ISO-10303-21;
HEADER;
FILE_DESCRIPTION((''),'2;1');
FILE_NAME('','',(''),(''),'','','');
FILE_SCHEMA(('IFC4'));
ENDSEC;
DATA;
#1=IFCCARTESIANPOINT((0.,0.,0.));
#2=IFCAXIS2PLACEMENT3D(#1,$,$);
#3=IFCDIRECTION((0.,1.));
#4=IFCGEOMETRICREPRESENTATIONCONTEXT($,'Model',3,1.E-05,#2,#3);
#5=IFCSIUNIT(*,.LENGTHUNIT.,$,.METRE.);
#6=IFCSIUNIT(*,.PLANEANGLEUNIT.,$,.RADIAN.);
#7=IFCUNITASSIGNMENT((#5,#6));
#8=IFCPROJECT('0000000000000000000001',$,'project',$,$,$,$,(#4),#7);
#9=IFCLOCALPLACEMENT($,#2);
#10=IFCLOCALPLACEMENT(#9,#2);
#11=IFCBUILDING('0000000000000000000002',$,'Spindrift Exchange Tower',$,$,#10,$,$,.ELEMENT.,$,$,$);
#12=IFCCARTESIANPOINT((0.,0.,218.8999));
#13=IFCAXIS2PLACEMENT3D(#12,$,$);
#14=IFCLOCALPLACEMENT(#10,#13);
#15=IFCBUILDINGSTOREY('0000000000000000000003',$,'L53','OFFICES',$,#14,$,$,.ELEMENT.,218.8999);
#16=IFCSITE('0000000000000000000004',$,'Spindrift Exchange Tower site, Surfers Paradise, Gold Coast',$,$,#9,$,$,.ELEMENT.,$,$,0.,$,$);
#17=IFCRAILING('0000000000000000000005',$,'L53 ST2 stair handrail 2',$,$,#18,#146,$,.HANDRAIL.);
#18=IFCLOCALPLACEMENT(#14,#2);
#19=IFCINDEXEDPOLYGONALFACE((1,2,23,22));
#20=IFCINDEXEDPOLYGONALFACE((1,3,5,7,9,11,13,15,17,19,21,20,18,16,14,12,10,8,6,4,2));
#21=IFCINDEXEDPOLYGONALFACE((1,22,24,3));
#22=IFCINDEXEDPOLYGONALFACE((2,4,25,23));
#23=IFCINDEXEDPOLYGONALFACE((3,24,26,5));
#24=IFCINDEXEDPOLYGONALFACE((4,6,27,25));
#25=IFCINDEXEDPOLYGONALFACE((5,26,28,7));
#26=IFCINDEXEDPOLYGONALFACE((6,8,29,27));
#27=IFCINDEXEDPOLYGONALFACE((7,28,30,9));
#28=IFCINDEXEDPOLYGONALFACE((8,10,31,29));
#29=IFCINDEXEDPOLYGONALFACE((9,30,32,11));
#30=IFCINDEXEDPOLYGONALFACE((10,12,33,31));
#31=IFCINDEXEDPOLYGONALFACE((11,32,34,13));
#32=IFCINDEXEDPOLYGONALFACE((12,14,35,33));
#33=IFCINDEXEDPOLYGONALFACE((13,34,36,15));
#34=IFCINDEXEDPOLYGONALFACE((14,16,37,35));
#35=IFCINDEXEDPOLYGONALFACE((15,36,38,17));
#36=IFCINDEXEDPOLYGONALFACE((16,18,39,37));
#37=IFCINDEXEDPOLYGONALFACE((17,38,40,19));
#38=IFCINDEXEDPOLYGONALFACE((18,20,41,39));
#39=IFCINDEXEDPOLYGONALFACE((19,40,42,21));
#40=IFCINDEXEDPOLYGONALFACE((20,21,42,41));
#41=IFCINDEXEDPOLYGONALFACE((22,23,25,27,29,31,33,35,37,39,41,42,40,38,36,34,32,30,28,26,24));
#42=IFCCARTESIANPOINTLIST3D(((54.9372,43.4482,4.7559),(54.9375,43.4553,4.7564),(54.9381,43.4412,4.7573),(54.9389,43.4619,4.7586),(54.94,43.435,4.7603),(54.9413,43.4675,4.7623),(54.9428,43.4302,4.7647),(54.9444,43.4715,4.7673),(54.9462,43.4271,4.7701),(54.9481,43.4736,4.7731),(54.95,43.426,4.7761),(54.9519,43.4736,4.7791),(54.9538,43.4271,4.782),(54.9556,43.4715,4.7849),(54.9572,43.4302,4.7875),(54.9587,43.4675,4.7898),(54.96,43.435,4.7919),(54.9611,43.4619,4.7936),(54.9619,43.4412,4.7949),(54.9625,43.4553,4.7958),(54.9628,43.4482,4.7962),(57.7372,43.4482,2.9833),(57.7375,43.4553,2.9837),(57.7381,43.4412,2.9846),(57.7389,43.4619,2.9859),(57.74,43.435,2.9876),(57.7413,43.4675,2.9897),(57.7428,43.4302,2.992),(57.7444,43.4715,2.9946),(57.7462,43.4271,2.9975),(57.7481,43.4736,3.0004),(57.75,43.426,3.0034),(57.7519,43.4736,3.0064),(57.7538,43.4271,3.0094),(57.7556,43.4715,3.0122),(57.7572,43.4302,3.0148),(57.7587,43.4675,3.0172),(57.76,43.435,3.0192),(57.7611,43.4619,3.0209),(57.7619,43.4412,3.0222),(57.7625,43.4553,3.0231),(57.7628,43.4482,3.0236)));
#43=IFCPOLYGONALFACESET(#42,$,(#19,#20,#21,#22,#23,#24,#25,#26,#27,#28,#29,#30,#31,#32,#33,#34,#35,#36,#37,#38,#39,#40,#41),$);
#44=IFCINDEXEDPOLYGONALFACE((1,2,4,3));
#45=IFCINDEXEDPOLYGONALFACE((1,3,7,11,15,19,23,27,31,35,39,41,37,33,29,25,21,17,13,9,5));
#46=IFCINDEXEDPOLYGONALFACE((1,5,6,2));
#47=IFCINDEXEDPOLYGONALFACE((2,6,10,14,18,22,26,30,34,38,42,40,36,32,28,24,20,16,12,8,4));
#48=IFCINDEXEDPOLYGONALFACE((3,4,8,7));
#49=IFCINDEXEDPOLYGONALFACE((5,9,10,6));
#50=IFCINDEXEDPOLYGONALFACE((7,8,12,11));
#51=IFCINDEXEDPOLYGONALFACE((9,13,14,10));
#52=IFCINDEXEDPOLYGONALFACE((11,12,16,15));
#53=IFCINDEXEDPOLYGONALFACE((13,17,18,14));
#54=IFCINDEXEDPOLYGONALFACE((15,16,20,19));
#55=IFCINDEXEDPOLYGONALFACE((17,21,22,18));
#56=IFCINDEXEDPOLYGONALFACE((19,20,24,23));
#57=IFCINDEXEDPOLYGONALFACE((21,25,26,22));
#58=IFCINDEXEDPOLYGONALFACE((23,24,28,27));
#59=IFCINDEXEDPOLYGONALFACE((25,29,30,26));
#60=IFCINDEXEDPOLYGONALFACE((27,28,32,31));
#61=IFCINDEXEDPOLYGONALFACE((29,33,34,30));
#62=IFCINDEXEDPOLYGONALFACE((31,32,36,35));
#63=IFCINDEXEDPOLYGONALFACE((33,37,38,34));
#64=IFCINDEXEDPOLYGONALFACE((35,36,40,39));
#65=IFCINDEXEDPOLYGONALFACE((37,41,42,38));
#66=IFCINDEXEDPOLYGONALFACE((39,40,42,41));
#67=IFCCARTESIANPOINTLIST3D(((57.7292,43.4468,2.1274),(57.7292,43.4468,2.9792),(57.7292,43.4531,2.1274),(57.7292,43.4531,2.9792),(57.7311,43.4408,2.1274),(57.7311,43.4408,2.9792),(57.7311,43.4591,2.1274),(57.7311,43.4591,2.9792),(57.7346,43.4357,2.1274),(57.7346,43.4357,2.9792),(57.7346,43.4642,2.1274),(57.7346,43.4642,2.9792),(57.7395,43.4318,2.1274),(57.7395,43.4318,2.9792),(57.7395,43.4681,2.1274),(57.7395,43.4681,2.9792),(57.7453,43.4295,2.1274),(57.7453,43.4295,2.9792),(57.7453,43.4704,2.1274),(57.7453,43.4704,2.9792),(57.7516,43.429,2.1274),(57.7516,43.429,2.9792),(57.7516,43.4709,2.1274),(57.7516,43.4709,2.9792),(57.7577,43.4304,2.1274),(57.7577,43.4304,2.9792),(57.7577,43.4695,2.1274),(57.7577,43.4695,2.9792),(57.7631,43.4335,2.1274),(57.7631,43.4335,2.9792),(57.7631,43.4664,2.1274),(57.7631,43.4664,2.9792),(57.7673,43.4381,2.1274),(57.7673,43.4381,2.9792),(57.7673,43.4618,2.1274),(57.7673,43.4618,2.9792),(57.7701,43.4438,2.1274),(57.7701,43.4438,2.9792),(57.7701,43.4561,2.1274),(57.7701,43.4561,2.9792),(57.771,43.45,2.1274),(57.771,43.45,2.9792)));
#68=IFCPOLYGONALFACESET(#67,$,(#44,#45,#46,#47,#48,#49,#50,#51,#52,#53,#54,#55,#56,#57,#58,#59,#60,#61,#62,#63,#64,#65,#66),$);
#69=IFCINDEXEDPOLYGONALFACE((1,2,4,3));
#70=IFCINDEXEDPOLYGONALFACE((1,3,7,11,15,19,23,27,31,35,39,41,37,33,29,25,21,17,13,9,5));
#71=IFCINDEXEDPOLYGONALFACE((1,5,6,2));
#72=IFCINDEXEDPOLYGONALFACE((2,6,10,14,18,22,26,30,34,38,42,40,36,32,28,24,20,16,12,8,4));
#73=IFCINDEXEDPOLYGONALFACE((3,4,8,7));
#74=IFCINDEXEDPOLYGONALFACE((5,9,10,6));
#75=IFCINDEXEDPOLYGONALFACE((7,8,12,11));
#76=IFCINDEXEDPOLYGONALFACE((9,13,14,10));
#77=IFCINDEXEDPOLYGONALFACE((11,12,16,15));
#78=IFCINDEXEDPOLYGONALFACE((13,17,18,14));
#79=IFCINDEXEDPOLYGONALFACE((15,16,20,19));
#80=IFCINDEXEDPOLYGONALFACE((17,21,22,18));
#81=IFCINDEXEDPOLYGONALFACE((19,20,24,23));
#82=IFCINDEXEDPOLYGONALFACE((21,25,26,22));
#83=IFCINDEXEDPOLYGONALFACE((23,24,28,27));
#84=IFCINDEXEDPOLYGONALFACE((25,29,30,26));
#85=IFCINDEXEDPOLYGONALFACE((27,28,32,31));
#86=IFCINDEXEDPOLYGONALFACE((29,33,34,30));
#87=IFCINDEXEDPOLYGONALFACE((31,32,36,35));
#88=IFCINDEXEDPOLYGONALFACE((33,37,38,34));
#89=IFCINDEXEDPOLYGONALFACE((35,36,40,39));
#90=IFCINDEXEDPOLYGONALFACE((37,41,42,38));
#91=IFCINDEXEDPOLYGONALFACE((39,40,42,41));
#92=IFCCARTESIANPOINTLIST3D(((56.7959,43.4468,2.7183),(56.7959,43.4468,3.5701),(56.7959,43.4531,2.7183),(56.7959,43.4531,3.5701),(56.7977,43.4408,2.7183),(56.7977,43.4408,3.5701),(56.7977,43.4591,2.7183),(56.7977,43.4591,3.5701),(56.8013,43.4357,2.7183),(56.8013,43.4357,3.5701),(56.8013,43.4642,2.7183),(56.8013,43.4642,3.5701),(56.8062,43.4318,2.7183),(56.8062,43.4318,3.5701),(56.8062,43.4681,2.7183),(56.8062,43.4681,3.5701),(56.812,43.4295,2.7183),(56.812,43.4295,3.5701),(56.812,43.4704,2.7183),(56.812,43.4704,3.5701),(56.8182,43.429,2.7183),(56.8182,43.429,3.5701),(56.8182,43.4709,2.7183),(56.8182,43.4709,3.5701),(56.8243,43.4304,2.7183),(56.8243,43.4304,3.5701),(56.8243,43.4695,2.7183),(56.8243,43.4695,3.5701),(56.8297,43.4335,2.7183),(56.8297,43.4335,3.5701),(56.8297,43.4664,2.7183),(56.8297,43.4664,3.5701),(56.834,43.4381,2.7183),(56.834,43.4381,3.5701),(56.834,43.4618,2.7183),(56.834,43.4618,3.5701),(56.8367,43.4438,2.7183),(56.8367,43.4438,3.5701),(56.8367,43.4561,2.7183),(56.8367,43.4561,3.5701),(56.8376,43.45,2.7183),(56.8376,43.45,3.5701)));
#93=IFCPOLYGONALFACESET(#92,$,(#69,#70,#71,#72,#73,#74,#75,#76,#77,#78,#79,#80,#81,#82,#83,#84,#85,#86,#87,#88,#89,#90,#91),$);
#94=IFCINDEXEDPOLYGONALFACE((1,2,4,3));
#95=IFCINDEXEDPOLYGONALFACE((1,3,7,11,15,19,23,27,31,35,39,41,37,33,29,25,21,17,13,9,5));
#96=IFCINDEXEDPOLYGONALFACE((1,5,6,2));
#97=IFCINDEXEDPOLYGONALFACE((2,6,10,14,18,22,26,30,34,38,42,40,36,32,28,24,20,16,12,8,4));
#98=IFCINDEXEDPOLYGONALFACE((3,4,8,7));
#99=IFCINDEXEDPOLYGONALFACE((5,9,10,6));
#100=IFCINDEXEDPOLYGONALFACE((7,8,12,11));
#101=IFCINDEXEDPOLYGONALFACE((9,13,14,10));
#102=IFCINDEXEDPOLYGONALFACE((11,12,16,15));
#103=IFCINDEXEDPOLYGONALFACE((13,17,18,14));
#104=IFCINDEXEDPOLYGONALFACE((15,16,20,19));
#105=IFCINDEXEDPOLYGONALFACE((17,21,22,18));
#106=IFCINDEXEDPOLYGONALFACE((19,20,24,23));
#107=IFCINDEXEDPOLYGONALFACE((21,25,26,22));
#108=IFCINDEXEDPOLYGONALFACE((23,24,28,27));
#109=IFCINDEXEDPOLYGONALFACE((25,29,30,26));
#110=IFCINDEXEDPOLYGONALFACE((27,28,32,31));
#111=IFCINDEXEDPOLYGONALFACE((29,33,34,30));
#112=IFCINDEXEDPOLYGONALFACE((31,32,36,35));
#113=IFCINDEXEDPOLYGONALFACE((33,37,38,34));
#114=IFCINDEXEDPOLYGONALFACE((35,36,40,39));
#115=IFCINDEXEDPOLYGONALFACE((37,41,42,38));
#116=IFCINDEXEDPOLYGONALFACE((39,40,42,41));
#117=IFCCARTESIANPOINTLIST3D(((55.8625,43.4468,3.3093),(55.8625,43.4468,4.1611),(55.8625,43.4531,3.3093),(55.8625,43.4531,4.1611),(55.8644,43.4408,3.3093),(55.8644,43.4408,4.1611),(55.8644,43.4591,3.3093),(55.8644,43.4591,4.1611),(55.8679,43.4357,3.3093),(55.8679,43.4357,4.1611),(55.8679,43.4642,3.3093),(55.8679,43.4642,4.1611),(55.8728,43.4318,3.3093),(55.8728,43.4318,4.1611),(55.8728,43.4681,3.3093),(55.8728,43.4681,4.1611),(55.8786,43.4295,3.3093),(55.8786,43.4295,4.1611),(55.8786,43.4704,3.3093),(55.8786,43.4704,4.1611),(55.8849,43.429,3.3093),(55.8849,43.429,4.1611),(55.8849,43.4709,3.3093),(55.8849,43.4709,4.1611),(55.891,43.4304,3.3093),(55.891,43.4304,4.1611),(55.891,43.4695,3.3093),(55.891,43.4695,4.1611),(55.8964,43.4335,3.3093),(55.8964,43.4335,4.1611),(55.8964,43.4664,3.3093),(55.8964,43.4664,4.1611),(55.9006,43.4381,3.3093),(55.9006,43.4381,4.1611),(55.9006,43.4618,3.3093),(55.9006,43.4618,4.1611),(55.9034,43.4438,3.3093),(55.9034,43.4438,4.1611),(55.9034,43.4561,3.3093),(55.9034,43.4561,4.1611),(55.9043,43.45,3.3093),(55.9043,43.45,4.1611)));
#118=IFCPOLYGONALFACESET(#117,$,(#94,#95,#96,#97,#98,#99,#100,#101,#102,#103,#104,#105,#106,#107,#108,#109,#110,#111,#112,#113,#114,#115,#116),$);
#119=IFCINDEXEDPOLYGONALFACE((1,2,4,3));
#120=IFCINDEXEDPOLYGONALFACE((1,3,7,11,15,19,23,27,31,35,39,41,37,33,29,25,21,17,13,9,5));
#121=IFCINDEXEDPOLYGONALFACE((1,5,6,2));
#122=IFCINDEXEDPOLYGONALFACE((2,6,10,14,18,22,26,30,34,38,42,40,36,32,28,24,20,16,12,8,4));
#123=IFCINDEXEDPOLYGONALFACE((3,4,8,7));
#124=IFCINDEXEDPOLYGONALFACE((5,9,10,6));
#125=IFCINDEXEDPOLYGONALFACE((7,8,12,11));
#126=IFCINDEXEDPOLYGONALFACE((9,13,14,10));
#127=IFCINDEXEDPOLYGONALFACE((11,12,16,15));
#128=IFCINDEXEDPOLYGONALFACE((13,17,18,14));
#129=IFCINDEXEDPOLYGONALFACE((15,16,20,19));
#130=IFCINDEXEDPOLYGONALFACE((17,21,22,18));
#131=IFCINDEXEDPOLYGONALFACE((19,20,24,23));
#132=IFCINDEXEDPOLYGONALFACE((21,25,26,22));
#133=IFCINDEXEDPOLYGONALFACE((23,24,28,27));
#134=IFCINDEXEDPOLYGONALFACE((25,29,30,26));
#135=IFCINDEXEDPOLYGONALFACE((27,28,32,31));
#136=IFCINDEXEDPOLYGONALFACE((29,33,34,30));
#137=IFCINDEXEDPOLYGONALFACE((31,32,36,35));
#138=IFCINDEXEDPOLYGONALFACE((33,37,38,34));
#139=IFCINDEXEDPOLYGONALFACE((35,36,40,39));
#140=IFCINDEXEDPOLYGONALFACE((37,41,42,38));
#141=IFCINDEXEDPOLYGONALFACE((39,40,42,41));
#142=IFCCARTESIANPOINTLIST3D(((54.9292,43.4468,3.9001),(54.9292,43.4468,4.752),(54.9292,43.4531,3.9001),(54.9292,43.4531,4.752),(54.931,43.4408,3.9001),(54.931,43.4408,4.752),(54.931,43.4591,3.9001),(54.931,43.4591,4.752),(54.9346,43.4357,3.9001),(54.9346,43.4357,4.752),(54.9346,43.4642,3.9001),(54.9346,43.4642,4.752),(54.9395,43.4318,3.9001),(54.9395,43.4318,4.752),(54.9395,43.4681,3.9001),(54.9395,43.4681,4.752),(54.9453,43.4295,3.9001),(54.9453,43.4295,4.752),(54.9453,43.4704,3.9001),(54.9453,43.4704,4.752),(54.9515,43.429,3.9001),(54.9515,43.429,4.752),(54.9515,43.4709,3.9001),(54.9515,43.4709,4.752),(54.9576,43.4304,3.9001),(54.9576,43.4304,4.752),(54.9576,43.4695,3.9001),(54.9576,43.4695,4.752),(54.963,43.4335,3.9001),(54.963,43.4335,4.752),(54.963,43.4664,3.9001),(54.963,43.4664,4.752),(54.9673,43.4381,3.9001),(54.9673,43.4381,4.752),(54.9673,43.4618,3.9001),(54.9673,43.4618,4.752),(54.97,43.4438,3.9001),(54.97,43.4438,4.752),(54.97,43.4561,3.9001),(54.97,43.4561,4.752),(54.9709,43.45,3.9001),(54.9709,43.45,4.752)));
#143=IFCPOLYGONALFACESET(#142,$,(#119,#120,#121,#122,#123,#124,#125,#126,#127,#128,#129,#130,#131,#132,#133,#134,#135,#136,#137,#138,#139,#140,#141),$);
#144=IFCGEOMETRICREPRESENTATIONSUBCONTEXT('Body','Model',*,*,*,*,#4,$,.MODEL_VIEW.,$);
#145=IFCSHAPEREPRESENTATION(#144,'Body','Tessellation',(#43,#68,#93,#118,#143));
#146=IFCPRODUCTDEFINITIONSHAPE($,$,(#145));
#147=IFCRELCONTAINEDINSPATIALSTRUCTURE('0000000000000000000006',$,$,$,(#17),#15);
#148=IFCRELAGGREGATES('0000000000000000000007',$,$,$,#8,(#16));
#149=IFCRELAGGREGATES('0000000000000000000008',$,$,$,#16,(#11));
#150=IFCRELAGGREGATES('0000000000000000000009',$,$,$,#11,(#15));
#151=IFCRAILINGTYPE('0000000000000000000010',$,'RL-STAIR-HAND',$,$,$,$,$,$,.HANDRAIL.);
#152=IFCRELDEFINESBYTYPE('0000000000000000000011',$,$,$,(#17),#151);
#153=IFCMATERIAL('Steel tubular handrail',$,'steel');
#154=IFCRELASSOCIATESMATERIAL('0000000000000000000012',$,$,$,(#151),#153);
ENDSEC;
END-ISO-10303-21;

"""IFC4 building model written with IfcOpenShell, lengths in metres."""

from ifc_helpers import new_model, si_unit, direction, frame, origin, origin_2d, place, context, subcontext, project, spatial, circle, extrude, material, type_object, element, save


model = new_model("IFC4")

# Units and contexts
model_context = context("Model", 3, precision=1e-05, world=origin(), true_north=direction((0.0, 1.0)))
body_context = subcontext(model_context, "Body", "Model", "MODEL_VIEW")
ifc_project = project(units=[si_unit("LENGTHUNIT", "METRE"), si_unit("PLANEANGLEUNIT", "RADIAN")], contexts=[model_context])

# Site, building, storey
site_placement = place(None, origin())
site = spatial("IfcSite", under=ifc_project, at=site_placement, Name="Spindrift Exchange Tower site, Surfers Paradise, Gold Coast", CompositionType="ELEMENT", RefElevation=0.0)
building_placement = place(site_placement, origin())
building = spatial("IfcBuilding", under=site, at=building_placement, Name="Spindrift Exchange Tower", CompositionType="ELEMENT")
storey_placement = place(building_placement, frame((0.0, 0.0, 218.8999)))
storey = spatial("IfcBuildingStorey", under=building, at=storey_placement, Name="L53", Description="OFFICES", CompositionType="ELEMENT", Elevation=218.8999)

# Railing
ifc_material_1 = material(Name="Steel tubular handrail", Category="steel")
railing_type_1 = type_object("IfcRailingType", Name="RL-STAIR-HAND", PredefinedType="HANDRAIL", material=ifc_material_1)
railing_1_placement = place(storey_placement, frame((57.75, 43.45, 2.1274)))
element("IfcRailing", 1, at=railing_1_placement, inside=storey, type_object=railing_type_1, Name="L53 ST2 stair handrail 2", PredefinedType="HANDRAIL", context=body_context, shape_type="SweptSolid", body=[
    extrude(circle(Radius=0.0239, at=origin_2d()), frame((0.0, 0.0, 0.876), z_axis=(-0.844909, 0.0, 0.53491), x_axis=(0.0, -1.0, 0.0)), (0.0, 0.0, 1.0), 3.314),
    extrude(circle(Radius=0.021, at=origin_2d()), origin(), (0.0, 0.0, 1.0), 0.8518),
    extrude(circle(Radius=0.021, at=origin_2d()), frame((-0.9333, 0.0, 0.5908)), (0.0, 0.0, 1.0), 0.8518),
    extrude(circle(Radius=0.021, at=origin_2d()), frame((-1.8667, 0.0, 1.1819)), (0.0, 0.0, 1.0), 0.8518),
    extrude(circle(Radius=0.021, at=origin_2d()), frame((-2.8, 0.0, 1.7727)), (0.0, 0.0, 1.0), 0.8518),
])

save(model, "model.ifc")
